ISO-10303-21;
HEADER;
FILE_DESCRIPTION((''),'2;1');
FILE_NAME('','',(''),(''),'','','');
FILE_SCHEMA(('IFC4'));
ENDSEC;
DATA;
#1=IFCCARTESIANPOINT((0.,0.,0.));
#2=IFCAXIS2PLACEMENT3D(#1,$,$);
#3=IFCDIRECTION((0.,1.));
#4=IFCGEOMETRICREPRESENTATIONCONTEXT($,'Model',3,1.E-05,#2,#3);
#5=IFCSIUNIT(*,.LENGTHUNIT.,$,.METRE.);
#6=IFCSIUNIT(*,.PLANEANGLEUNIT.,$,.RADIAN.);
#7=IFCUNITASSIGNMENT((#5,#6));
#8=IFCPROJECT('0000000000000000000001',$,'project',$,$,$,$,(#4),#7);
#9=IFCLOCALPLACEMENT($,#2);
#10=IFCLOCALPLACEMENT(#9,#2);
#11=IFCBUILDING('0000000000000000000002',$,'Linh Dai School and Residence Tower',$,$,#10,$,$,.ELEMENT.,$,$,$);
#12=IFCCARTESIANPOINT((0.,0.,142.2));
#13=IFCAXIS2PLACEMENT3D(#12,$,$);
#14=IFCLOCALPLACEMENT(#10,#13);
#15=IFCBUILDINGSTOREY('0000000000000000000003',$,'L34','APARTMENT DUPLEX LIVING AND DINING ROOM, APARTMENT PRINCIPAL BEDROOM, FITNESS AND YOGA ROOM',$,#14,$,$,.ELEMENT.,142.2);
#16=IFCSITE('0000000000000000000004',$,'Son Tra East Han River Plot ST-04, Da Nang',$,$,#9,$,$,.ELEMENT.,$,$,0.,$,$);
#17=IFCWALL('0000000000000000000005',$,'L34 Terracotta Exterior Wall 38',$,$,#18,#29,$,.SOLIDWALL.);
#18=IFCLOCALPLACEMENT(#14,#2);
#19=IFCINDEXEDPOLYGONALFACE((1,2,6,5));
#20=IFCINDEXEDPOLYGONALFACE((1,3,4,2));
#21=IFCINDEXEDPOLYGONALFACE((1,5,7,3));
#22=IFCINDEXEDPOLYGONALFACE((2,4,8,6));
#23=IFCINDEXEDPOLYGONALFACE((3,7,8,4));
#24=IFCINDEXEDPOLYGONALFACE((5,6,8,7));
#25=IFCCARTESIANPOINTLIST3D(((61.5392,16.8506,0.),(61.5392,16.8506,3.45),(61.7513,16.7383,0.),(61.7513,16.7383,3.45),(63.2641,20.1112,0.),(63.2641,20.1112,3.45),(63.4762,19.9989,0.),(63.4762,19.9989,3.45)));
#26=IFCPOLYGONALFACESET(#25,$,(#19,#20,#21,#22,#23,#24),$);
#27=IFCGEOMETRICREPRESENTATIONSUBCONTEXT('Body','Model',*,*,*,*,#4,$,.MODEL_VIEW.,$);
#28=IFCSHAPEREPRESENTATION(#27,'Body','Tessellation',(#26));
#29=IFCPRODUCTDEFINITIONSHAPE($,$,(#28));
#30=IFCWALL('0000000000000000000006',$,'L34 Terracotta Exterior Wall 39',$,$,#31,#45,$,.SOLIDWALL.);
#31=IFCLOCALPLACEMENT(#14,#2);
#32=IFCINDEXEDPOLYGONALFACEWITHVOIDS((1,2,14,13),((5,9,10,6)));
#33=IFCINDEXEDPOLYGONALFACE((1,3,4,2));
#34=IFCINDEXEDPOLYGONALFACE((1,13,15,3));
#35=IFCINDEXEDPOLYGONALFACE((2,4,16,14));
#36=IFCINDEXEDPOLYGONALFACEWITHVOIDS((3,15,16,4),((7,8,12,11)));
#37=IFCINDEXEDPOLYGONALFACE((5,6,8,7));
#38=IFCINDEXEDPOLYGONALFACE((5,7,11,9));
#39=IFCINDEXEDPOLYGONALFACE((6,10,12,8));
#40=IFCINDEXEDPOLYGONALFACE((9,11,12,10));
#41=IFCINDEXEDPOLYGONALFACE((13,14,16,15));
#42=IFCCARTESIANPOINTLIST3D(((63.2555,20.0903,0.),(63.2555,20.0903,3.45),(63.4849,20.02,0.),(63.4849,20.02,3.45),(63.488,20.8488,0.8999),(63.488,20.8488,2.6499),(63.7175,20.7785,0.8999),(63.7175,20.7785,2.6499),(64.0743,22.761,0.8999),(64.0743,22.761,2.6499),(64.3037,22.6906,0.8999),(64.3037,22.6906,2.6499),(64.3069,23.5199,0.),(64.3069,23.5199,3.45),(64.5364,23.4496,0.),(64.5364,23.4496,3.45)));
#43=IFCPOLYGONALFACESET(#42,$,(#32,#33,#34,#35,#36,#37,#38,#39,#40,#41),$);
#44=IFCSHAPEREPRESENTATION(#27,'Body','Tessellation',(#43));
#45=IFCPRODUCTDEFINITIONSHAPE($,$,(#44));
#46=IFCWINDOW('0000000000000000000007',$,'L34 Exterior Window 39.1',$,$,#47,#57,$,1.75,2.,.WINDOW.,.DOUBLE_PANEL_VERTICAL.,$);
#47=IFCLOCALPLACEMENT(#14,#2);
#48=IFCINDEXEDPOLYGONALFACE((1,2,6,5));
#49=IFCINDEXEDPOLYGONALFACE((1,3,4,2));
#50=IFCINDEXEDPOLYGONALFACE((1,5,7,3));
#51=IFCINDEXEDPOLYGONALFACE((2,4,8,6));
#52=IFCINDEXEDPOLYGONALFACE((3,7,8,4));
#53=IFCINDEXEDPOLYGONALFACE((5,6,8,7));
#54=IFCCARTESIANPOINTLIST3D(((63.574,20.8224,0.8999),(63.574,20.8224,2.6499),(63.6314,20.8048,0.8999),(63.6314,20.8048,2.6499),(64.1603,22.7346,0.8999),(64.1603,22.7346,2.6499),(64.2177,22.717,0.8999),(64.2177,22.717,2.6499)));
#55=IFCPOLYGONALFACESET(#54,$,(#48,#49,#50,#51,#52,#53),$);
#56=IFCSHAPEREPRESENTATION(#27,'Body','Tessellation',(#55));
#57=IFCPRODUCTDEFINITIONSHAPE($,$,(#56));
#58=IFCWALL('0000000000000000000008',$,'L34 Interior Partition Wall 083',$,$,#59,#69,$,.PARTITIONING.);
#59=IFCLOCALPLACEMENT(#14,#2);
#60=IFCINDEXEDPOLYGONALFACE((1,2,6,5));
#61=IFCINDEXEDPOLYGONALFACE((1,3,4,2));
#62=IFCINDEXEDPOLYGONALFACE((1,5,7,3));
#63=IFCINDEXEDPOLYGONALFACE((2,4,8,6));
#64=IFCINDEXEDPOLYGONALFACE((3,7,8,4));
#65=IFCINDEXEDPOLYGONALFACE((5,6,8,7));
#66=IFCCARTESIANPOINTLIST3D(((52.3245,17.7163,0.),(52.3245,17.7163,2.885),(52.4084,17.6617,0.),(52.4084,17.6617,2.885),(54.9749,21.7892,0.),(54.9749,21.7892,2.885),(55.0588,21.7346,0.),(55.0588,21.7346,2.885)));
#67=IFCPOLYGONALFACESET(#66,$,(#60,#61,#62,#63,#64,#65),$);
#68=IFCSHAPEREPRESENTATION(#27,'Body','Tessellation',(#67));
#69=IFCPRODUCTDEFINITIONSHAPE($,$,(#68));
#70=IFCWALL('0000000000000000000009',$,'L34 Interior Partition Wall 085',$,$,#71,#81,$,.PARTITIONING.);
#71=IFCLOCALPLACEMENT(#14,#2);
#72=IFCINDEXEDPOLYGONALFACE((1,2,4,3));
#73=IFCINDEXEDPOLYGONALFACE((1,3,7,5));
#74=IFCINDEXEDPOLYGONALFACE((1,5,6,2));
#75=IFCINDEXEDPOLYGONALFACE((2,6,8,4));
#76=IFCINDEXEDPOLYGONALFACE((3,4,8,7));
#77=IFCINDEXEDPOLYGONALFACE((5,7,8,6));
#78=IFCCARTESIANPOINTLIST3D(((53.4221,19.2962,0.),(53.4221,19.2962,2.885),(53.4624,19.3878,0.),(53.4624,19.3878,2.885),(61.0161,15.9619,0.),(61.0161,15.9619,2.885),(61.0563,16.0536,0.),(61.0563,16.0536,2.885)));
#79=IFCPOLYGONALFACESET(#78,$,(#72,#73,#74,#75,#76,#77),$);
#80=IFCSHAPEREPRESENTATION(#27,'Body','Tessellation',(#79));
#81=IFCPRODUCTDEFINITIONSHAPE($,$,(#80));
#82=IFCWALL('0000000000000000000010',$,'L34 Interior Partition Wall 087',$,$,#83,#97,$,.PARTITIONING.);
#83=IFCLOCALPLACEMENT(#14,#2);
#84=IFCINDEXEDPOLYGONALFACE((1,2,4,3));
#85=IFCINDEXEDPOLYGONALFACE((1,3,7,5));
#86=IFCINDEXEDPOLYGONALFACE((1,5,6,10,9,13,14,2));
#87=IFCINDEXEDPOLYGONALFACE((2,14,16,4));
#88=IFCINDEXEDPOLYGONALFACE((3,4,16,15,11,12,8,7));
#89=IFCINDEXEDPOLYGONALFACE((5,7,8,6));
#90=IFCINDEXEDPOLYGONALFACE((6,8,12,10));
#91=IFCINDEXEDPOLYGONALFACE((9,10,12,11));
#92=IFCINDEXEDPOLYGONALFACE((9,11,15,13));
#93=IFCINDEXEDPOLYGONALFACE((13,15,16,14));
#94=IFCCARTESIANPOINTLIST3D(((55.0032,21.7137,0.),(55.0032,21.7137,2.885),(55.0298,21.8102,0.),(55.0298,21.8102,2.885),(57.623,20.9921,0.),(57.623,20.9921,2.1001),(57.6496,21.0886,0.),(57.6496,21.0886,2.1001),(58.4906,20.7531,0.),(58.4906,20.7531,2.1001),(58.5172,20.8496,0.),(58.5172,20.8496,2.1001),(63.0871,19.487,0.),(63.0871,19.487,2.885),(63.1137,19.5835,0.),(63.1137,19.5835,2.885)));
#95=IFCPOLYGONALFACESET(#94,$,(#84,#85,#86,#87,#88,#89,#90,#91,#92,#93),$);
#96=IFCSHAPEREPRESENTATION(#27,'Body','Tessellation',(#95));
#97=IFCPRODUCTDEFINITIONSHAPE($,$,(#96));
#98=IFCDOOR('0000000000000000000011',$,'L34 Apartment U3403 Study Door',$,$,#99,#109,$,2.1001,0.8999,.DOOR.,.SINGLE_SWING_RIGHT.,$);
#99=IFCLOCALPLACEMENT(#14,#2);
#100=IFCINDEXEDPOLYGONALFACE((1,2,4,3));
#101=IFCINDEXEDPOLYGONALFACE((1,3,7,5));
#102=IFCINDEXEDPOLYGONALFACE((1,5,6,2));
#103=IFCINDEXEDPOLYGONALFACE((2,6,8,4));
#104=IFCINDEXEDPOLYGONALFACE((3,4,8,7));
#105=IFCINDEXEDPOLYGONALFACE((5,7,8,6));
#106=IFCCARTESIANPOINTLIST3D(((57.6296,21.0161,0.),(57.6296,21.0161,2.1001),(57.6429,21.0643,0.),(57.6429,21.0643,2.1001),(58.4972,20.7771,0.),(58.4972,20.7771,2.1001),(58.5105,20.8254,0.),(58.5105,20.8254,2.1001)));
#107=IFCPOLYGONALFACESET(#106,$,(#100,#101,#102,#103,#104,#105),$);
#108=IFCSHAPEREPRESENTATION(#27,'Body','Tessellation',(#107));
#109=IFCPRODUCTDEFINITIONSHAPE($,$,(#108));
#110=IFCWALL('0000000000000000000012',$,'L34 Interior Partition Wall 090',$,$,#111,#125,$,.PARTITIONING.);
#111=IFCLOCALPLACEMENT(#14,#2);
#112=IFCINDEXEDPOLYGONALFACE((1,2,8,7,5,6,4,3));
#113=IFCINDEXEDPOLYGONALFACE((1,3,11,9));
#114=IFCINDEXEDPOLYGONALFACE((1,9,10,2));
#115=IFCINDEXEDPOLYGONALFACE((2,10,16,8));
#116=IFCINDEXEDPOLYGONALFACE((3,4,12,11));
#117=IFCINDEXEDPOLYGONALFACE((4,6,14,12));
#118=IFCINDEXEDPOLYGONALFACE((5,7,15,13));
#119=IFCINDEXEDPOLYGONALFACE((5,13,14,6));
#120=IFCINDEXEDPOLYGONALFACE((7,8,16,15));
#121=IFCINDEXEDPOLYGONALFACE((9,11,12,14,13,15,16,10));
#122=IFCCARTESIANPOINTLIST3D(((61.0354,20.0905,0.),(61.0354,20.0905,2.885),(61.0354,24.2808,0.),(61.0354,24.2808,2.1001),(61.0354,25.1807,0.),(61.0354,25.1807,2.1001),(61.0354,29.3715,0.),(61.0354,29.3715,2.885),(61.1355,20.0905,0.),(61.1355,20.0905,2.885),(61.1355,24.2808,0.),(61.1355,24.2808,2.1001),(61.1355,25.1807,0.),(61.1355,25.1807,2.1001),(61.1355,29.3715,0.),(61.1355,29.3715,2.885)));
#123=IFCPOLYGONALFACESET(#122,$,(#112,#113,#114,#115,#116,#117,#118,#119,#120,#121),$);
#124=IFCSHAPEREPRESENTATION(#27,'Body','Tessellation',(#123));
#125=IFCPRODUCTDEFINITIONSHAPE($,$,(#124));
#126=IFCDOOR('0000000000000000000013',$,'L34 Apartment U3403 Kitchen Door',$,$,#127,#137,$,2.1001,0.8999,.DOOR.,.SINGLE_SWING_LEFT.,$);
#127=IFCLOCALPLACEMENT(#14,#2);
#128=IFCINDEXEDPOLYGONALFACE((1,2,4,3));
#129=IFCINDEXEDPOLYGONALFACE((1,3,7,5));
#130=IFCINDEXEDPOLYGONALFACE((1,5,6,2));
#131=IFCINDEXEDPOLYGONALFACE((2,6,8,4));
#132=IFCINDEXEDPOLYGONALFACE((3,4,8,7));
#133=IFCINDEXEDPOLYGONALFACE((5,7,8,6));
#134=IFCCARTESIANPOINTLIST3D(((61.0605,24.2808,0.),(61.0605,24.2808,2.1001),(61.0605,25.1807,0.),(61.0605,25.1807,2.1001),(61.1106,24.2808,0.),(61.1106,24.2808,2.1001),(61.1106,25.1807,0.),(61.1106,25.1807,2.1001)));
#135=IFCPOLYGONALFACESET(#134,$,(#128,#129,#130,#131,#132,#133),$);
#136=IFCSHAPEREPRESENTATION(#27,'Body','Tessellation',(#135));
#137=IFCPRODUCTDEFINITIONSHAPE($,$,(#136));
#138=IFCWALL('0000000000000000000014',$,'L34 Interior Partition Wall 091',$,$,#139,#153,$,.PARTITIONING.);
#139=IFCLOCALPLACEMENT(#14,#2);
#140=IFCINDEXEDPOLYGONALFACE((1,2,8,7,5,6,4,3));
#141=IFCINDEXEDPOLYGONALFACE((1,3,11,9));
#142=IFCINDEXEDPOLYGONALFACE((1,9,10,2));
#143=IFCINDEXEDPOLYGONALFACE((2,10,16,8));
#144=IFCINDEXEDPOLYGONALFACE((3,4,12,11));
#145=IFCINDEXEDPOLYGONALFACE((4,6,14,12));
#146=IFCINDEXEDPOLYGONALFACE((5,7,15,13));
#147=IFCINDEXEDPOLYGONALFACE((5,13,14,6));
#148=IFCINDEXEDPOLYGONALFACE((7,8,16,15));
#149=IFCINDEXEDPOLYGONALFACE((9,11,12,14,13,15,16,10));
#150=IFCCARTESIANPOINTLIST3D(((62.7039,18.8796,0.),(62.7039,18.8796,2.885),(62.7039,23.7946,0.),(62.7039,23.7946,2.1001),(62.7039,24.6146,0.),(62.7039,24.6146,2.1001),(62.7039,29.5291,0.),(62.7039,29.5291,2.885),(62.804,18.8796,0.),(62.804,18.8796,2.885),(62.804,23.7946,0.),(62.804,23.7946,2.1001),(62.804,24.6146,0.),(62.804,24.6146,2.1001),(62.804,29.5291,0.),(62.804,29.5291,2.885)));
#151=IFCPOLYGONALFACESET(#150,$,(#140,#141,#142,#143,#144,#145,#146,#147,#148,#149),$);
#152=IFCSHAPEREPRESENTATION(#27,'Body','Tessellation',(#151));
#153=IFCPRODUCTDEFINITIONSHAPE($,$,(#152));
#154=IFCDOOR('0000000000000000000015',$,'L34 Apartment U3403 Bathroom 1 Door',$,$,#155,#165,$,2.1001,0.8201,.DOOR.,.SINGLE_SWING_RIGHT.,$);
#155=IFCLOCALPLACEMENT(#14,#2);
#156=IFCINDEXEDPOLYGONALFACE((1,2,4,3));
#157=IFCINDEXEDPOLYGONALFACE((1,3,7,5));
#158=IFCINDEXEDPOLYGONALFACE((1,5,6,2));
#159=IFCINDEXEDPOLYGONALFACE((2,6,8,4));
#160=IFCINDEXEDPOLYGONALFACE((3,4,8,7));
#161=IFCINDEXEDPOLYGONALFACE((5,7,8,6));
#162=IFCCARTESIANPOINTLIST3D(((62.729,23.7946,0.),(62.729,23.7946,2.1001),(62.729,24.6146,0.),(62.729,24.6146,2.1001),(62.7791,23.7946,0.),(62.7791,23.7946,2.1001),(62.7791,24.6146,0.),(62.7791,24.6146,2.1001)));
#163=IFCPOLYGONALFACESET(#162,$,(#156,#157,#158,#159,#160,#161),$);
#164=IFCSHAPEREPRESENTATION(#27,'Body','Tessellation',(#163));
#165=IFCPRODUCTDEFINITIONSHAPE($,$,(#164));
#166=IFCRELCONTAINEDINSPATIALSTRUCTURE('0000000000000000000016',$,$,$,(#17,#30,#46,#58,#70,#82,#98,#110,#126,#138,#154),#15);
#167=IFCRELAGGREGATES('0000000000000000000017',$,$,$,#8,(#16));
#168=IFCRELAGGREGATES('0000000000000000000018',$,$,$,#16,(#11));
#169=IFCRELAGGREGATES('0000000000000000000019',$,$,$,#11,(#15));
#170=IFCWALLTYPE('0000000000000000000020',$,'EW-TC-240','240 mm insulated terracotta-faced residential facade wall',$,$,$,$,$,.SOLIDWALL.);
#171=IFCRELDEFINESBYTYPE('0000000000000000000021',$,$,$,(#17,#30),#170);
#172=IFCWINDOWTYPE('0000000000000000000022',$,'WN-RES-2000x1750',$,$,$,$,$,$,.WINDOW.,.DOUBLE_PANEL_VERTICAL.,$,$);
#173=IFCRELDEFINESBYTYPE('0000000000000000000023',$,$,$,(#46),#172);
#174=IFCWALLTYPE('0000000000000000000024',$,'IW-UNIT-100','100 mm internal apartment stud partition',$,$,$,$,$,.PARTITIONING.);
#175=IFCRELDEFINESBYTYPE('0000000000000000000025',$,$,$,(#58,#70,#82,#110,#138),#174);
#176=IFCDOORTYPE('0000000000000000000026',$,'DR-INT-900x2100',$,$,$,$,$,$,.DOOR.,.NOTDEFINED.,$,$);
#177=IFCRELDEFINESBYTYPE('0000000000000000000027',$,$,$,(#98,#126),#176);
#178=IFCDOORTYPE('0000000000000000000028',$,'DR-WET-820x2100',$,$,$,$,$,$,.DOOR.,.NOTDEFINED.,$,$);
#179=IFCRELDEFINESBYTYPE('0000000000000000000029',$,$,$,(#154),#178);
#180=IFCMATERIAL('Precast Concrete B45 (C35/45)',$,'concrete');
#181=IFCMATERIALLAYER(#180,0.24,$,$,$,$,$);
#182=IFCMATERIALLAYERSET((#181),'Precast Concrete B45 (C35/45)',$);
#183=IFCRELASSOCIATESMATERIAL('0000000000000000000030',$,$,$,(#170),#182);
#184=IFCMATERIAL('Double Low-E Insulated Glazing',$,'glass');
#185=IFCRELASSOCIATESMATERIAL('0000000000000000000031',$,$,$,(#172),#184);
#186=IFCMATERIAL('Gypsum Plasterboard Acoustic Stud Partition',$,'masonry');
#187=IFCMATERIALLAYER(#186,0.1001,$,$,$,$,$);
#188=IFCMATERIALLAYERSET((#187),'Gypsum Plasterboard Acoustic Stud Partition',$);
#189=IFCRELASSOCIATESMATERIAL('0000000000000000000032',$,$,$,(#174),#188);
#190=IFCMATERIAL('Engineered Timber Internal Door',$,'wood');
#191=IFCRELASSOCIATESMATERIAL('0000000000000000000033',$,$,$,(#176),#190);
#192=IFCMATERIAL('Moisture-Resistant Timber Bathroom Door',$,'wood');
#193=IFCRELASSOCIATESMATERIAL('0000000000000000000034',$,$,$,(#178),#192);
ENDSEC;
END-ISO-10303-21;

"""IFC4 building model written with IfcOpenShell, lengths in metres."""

from ifc_helpers import new_model, si_unit, direction, frame, frame_2d, origin, origin_2d, place, context, subcontext, project, spatial, rectangle, extrude, source, transform, mapped, material, layer, layer_set, type_object, element, fill, save


model = new_model("IFC4")

# Units and contexts
model_context = context("Model", 3, precision=1e-05, world=origin(), true_north=direction((0.0, 1.0)))
body_context = subcontext(model_context, "Body", "Model", "MODEL_VIEW")
ifc_project = project(units=[si_unit("LENGTHUNIT", "METRE"), si_unit("PLANEANGLEUNIT", "RADIAN")], contexts=[model_context])

# Site, building, storey
site_placement = place(None, origin())
site = spatial("IfcSite", under=ifc_project, at=site_placement, Name="Son Tra East Han River Plot ST-04, Da Nang", CompositionType="ELEMENT", RefElevation=0.0)
building_placement = place(site_placement, origin())
building = spatial("IfcBuilding", under=site, at=building_placement, Name="Linh Dai School and Residence Tower", CompositionType="ELEMENT")
storey_placement = place(building_placement, frame((0.0, 0.0, 142.2)))
storey = spatial("IfcBuildingStorey", under=building, at=storey_placement, Name="L34", Description="APARTMENT DUPLEX LIVING AND DINING ROOM, APARTMENT PRINCIPAL BEDROOM, FITNESS AND YOGA ROOM", CompositionType="ELEMENT", Elevation=142.2)

# Shared definitions
ifc_material_1 = material(Name="Precast Concrete B45 (C35/45)", Category="concrete")

# Shared definitions
ifc_layer_1 = layer(ifc_material_1, 0.24)
ifc_layer_set_1 = layer_set([ifc_layer_1], Name="Precast Concrete B45 (C35/45)")
wall_type_1 = type_object("IfcWallType", Name="EW-TC-240", Description="240 mm insulated terracotta-faced residential facade wall", PredefinedType="SOLIDWALL", material=ifc_layer_set_1)
ifc_material_2 = material(Name="Double Low-E Insulated Glazing", Category="glass")
window_type_1 = type_object("IfcWindowType", Name="WN-RES-2000x1750", PartitioningType="DOUBLE_PANEL_VERTICAL", PredefinedType="WINDOW", material=ifc_material_2)
shared_shape_1 = source(origin(), body_context, "Body", "SweptSolid", [
    extrude(rectangle(XDim=2.0, YDim=1.75, at=origin_2d()), frame((1.0, 0.03, 0.875), z_axis=(0.0, -1.0, 0.0), x_axis=(1.0, 0.0, 0.0)), (0.0, 0.0, 1.0), 0.0601),
])

# Wall
wall_1_placement = place(storey_placement, frame((63.3701, 20.0549, 0.0), z_axis=(0.0, 0.0, 1.0), x_axis=(-0.467614, -0.883933, 0.0)))
element("IfcWall", 1, at=wall_1_placement, inside=storey, type_object=wall_type_1, Name="L34 Terracotta Exterior Wall 38", PredefinedType="SOLIDWALL", context=body_context, shape_type="SweptSolid", body=[
    extrude(rectangle(XDim=3.6887, YDim=0.24, at=frame_2d((1.8442, 0.0))), origin(), (0.0, 0.0, 1.0), 3.45),
])

# Wall, opening, window
wall_2_placement = place(storey_placement, frame((64.4216, 23.4846, 0.0), z_axis=(0.0, 0.0, 1.0), x_axis=(-0.293124, -0.956074, 0.0)))
wall_2 = element("IfcWall", 2, at=wall_2_placement, inside=storey, type_object=wall_type_1, Name="L34 Terracotta Exterior Wall 39", PredefinedType="SOLIDWALL", context=body_context, shape_type="SweptSolid", body=[
    extrude(rectangle(XDim=3.5872, YDim=0.24, at=frame_2d((1.7935, 0.0))), origin(), (0.0, 0.0, 1.0), 3.45),
])
opening_1_placement = place(wall_2_placement, frame((0.7937, 0.0, 0.8999)))
opening_1 = element("IfcOpeningElement", 3, at=opening_1_placement, cuts=wall_2, PredefinedType="OPENING", context=body_context, shape_type="SweptSolid", body=[
    extrude(rectangle(XDim=2.0, YDim=1.75, at=origin_2d()), frame((1.0, 0.1299, 0.875), z_axis=(0.0, -1.0, 0.0), x_axis=(1.0, 0.0, 0.0)), (0.0, 0.0, 1.0), 0.26),
])
window_1_placement = place(opening_1_placement, origin())
window_1 = element("IfcWindow", 4, at=window_1_placement, inside=storey, type_object=window_type_1, Name="L34 Exterior Window 39.1", OverallHeight=1.75, OverallWidth=2.0, PartitioningType="DOUBLE_PANEL_VERTICAL", PredefinedType="WINDOW", context=body_context, shape_type="MappedRepresentation", body=[
    mapped(shared_shape_1, transform((0.0, 0.0, 0.0), x_axis=(1.0, 0.0, 0.0), y_axis=(0.0, 1.0, 0.0), z_axis=(0.0, 0.0, 1.0), scale=1.0)),
])
fill(opening_1, window_1)

# Walls
ifc_material_3 = material(Name="Gypsum Plasterboard Acoustic Stud Partition", Category="masonry")
ifc_layer_2 = layer(ifc_material_3, 0.1001)
ifc_layer_set_2 = layer_set([ifc_layer_2], Name="Gypsum Plasterboard Acoustic Stud Partition")
wall_type_2 = type_object("IfcWallType", Name="IW-UNIT-100", Description="100 mm internal apartment stud partition", PredefinedType="PARTITIONING", material=ifc_layer_set_2)
wall_3_placement = place(storey_placement, frame((52.3665, 17.689, 0.0), z_axis=(0.0, 0.0, 1.0), x_axis=(0.545414, 0.838167, 0.0)))
element("IfcWall", 5, at=wall_3_placement, inside=storey, type_object=wall_type_2, Name="L34 Interior Partition Wall 083", PredefinedType="PARTITIONING", context=body_context, shape_type="SweptSolid", body=[
    extrude(rectangle(XDim=4.8594, YDim=0.1001, at=frame_2d((2.4297, 0.0))), origin(), (0.0, 0.0, 1.0), 2.885),
])
wall_4_placement = place(storey_placement, frame((53.4421, 19.342, 0.0), z_axis=(0.0, 0.0, 1.0), x_axis=(0.915632, -0.402018, 0.0)))
element("IfcWall", 6, at=wall_4_placement, inside=storey, type_object=wall_type_2, Name="L34 Interior Partition Wall 085", PredefinedType="PARTITIONING", context=body_context, shape_type="SweptSolid", body=[
    extrude(rectangle(XDim=8.2937, YDim=0.1001, at=frame_2d((4.147, 0.0))), origin(), (0.0, 0.0, 1.0), 2.885),
])

# Walls, openings, doors
wall_5_placement = place(storey_placement, frame((55.0166, 21.762, 0.0), z_axis=(0.0, 0.0, 1.0), x_axis=(0.964092, -0.265568, 0.0)))
wall_5 = element("IfcWall", 7, at=wall_5_placement, inside=storey, type_object=wall_type_2, Name="L34 Interior Partition Wall 087", PredefinedType="PARTITIONING", context=body_context, shape_type="SweptSolid", body=[
    extrude(rectangle(XDim=8.385, YDim=0.1001, at=frame_2d((4.1924, 0.0))), origin(), (0.0, 0.0, 1.0), 2.885),
])
opening_2_placement = place(wall_5_placement, frame((2.7173, 0.0, 0.0)))
opening_2 = element("IfcOpeningElement", 8, at=opening_2_placement, cuts=wall_5, PredefinedType="OPENING", context=body_context, shape_type="SweptSolid", body=[
    extrude(rectangle(XDim=0.8999, YDim=2.1001, at=origin_2d()), frame((0.45, 0.0601, 1.05), z_axis=(0.0, -1.0, 0.0), x_axis=(1.0, 0.0, 0.0)), (0.0, 0.0, 1.0), 0.1201),
])
ifc_material_4 = material(Name="Engineered Timber Internal Door", Category="wood")
door_type_1 = type_object("IfcDoorType", Name="DR-INT-900x2100", OperationType="NOTDEFINED", PredefinedType="DOOR", material=ifc_material_4)
shared_shape_2 = source(origin(), body_context, "Body", "SweptSolid", [
    extrude(rectangle(XDim=0.8999, YDim=2.1001, at=origin_2d()), frame((0.45, 0.0249, 1.05), z_axis=(0.0, -1.0, 0.0), x_axis=(1.0, 0.0, 0.0)), (0.0, 0.0, 1.0), 0.05),
])
door_1_placement = place(opening_2_placement, origin())
door_1 = element("IfcDoor", 9, at=door_1_placement, inside=storey, type_object=door_type_1, Name="L34 Apartment U3403 Study Door", OperationType="SINGLE_SWING_RIGHT", OverallHeight=2.1001, OverallWidth=0.8999, PredefinedType="DOOR", context=body_context, shape_type="MappedRepresentation", body=[
    mapped(shared_shape_2, transform((0.0, 0.0, 0.0), x_axis=(1.0, 0.0, 0.0), y_axis=(0.0, 1.0, 0.0), z_axis=(0.0, 0.0, 1.0), scale=1.0)),
])
fill(opening_2, door_1)
wall_6_placement = place(storey_placement, frame((61.0854, 20.0903, 0.0), z_axis=(0.0, 0.0, 1.0), x_axis=(0.0, 1.0, 0.0)))
wall_6 = element("IfcWall", 10, at=wall_6_placement, inside=storey, type_object=wall_type_2, Name="L34 Interior Partition Wall 090", PredefinedType="PARTITIONING", context=body_context, shape_type="SweptSolid", body=[
    extrude(rectangle(XDim=9.281, YDim=0.1001, at=frame_2d((4.6406, 0.0))), origin(), (0.0, 0.0, 1.0), 2.885),
])
opening_3_placement = place(wall_6_placement, frame((4.1904, 0.0, 0.0)))
opening_3 = element("IfcOpeningElement", 11, at=opening_3_placement, cuts=wall_6, PredefinedType="OPENING", context=body_context, shape_type="SweptSolid", body=[
    extrude(rectangle(XDim=0.8999, YDim=2.1001, at=origin_2d()), frame((0.45, 0.0601, 1.05), z_axis=(0.0, -1.0, 0.0), x_axis=(1.0, 0.0, 0.0)), (0.0, 0.0, 1.0), 0.1201),
])
door_2_placement = place(opening_3_placement, origin())
door_2 = element("IfcDoor", 12, at=door_2_placement, inside=storey, type_object=door_type_1, Name="L34 Apartment U3403 Kitchen Door", OperationType="SINGLE_SWING_LEFT", OverallHeight=2.1001, OverallWidth=0.8999, PredefinedType="DOOR", context=body_context, shape_type="MappedRepresentation", body=[
    mapped(shared_shape_2, transform((0.0, 0.0, 0.0), x_axis=(1.0, 0.0, 0.0), y_axis=(0.0, 1.0, 0.0), z_axis=(0.0, 0.0, 1.0), scale=1.0)),
])
fill(opening_3, door_2)
wall_7_placement = place(storey_placement, frame((62.7539, 18.8796, 0.0), z_axis=(0.0, 0.0, 1.0), x_axis=(0.0, 1.0, 0.0)))
wall_7 = element("IfcWall", 13, at=wall_7_placement, inside=storey, type_object=wall_type_2, Name="L34 Interior Partition Wall 091", PredefinedType="PARTITIONING", context=body_context, shape_type="SweptSolid", body=[
    extrude(rectangle(XDim=10.6494, YDim=0.1001, at=frame_2d((5.3247, 0.0))), origin(), (0.0, 0.0, 1.0), 2.885),
])
opening_4_placement = place(wall_7_placement, frame((4.9148, 0.0, 0.0)))
opening_4 = element("IfcOpeningElement", 14, at=opening_4_placement, cuts=wall_7, PredefinedType="OPENING", context=body_context, shape_type="SweptSolid", body=[
    extrude(rectangle(XDim=0.8201, YDim=2.1001, at=origin_2d()), frame((0.4102, 0.0601, 1.05), z_axis=(0.0, -1.0, 0.0), x_axis=(1.0, 0.0, 0.0)), (0.0, 0.0, 1.0), 0.1201),
])
ifc_material_5 = material(Name="Moisture-Resistant Timber Bathroom Door", Category="wood")
door_type_2 = type_object("IfcDoorType", Name="DR-WET-820x2100", OperationType="NOTDEFINED", PredefinedType="DOOR", material=ifc_material_5)
shared_shape_3 = source(origin(), body_context, "Body", "SweptSolid", [
    extrude(rectangle(XDim=0.8201, YDim=2.1001, at=origin_2d()), frame((0.4102, 0.0249, 1.05), z_axis=(0.0, -1.0, 0.0), x_axis=(1.0, 0.0, 0.0)), (0.0, 0.0, 1.0), 0.05),
])
door_3_placement = place(opening_4_placement, origin())
door_3 = element("IfcDoor", 15, at=door_3_placement, inside=storey, type_object=door_type_2, Name="L34 Apartment U3403 Bathroom 1 Door", OperationType="SINGLE_SWING_RIGHT", OverallHeight=2.1001, OverallWidth=0.8201, PredefinedType="DOOR", context=body_context, shape_type="MappedRepresentation", body=[
    mapped(shared_shape_3, transform((0.0, 0.0, 0.0), x_axis=(1.0, 0.0, 0.0), y_axis=(0.0, 1.0, 0.0), z_axis=(0.0, 0.0, 1.0), scale=1.0)),
])
fill(opening_4, door_3)

save(model, "model.ifc")
